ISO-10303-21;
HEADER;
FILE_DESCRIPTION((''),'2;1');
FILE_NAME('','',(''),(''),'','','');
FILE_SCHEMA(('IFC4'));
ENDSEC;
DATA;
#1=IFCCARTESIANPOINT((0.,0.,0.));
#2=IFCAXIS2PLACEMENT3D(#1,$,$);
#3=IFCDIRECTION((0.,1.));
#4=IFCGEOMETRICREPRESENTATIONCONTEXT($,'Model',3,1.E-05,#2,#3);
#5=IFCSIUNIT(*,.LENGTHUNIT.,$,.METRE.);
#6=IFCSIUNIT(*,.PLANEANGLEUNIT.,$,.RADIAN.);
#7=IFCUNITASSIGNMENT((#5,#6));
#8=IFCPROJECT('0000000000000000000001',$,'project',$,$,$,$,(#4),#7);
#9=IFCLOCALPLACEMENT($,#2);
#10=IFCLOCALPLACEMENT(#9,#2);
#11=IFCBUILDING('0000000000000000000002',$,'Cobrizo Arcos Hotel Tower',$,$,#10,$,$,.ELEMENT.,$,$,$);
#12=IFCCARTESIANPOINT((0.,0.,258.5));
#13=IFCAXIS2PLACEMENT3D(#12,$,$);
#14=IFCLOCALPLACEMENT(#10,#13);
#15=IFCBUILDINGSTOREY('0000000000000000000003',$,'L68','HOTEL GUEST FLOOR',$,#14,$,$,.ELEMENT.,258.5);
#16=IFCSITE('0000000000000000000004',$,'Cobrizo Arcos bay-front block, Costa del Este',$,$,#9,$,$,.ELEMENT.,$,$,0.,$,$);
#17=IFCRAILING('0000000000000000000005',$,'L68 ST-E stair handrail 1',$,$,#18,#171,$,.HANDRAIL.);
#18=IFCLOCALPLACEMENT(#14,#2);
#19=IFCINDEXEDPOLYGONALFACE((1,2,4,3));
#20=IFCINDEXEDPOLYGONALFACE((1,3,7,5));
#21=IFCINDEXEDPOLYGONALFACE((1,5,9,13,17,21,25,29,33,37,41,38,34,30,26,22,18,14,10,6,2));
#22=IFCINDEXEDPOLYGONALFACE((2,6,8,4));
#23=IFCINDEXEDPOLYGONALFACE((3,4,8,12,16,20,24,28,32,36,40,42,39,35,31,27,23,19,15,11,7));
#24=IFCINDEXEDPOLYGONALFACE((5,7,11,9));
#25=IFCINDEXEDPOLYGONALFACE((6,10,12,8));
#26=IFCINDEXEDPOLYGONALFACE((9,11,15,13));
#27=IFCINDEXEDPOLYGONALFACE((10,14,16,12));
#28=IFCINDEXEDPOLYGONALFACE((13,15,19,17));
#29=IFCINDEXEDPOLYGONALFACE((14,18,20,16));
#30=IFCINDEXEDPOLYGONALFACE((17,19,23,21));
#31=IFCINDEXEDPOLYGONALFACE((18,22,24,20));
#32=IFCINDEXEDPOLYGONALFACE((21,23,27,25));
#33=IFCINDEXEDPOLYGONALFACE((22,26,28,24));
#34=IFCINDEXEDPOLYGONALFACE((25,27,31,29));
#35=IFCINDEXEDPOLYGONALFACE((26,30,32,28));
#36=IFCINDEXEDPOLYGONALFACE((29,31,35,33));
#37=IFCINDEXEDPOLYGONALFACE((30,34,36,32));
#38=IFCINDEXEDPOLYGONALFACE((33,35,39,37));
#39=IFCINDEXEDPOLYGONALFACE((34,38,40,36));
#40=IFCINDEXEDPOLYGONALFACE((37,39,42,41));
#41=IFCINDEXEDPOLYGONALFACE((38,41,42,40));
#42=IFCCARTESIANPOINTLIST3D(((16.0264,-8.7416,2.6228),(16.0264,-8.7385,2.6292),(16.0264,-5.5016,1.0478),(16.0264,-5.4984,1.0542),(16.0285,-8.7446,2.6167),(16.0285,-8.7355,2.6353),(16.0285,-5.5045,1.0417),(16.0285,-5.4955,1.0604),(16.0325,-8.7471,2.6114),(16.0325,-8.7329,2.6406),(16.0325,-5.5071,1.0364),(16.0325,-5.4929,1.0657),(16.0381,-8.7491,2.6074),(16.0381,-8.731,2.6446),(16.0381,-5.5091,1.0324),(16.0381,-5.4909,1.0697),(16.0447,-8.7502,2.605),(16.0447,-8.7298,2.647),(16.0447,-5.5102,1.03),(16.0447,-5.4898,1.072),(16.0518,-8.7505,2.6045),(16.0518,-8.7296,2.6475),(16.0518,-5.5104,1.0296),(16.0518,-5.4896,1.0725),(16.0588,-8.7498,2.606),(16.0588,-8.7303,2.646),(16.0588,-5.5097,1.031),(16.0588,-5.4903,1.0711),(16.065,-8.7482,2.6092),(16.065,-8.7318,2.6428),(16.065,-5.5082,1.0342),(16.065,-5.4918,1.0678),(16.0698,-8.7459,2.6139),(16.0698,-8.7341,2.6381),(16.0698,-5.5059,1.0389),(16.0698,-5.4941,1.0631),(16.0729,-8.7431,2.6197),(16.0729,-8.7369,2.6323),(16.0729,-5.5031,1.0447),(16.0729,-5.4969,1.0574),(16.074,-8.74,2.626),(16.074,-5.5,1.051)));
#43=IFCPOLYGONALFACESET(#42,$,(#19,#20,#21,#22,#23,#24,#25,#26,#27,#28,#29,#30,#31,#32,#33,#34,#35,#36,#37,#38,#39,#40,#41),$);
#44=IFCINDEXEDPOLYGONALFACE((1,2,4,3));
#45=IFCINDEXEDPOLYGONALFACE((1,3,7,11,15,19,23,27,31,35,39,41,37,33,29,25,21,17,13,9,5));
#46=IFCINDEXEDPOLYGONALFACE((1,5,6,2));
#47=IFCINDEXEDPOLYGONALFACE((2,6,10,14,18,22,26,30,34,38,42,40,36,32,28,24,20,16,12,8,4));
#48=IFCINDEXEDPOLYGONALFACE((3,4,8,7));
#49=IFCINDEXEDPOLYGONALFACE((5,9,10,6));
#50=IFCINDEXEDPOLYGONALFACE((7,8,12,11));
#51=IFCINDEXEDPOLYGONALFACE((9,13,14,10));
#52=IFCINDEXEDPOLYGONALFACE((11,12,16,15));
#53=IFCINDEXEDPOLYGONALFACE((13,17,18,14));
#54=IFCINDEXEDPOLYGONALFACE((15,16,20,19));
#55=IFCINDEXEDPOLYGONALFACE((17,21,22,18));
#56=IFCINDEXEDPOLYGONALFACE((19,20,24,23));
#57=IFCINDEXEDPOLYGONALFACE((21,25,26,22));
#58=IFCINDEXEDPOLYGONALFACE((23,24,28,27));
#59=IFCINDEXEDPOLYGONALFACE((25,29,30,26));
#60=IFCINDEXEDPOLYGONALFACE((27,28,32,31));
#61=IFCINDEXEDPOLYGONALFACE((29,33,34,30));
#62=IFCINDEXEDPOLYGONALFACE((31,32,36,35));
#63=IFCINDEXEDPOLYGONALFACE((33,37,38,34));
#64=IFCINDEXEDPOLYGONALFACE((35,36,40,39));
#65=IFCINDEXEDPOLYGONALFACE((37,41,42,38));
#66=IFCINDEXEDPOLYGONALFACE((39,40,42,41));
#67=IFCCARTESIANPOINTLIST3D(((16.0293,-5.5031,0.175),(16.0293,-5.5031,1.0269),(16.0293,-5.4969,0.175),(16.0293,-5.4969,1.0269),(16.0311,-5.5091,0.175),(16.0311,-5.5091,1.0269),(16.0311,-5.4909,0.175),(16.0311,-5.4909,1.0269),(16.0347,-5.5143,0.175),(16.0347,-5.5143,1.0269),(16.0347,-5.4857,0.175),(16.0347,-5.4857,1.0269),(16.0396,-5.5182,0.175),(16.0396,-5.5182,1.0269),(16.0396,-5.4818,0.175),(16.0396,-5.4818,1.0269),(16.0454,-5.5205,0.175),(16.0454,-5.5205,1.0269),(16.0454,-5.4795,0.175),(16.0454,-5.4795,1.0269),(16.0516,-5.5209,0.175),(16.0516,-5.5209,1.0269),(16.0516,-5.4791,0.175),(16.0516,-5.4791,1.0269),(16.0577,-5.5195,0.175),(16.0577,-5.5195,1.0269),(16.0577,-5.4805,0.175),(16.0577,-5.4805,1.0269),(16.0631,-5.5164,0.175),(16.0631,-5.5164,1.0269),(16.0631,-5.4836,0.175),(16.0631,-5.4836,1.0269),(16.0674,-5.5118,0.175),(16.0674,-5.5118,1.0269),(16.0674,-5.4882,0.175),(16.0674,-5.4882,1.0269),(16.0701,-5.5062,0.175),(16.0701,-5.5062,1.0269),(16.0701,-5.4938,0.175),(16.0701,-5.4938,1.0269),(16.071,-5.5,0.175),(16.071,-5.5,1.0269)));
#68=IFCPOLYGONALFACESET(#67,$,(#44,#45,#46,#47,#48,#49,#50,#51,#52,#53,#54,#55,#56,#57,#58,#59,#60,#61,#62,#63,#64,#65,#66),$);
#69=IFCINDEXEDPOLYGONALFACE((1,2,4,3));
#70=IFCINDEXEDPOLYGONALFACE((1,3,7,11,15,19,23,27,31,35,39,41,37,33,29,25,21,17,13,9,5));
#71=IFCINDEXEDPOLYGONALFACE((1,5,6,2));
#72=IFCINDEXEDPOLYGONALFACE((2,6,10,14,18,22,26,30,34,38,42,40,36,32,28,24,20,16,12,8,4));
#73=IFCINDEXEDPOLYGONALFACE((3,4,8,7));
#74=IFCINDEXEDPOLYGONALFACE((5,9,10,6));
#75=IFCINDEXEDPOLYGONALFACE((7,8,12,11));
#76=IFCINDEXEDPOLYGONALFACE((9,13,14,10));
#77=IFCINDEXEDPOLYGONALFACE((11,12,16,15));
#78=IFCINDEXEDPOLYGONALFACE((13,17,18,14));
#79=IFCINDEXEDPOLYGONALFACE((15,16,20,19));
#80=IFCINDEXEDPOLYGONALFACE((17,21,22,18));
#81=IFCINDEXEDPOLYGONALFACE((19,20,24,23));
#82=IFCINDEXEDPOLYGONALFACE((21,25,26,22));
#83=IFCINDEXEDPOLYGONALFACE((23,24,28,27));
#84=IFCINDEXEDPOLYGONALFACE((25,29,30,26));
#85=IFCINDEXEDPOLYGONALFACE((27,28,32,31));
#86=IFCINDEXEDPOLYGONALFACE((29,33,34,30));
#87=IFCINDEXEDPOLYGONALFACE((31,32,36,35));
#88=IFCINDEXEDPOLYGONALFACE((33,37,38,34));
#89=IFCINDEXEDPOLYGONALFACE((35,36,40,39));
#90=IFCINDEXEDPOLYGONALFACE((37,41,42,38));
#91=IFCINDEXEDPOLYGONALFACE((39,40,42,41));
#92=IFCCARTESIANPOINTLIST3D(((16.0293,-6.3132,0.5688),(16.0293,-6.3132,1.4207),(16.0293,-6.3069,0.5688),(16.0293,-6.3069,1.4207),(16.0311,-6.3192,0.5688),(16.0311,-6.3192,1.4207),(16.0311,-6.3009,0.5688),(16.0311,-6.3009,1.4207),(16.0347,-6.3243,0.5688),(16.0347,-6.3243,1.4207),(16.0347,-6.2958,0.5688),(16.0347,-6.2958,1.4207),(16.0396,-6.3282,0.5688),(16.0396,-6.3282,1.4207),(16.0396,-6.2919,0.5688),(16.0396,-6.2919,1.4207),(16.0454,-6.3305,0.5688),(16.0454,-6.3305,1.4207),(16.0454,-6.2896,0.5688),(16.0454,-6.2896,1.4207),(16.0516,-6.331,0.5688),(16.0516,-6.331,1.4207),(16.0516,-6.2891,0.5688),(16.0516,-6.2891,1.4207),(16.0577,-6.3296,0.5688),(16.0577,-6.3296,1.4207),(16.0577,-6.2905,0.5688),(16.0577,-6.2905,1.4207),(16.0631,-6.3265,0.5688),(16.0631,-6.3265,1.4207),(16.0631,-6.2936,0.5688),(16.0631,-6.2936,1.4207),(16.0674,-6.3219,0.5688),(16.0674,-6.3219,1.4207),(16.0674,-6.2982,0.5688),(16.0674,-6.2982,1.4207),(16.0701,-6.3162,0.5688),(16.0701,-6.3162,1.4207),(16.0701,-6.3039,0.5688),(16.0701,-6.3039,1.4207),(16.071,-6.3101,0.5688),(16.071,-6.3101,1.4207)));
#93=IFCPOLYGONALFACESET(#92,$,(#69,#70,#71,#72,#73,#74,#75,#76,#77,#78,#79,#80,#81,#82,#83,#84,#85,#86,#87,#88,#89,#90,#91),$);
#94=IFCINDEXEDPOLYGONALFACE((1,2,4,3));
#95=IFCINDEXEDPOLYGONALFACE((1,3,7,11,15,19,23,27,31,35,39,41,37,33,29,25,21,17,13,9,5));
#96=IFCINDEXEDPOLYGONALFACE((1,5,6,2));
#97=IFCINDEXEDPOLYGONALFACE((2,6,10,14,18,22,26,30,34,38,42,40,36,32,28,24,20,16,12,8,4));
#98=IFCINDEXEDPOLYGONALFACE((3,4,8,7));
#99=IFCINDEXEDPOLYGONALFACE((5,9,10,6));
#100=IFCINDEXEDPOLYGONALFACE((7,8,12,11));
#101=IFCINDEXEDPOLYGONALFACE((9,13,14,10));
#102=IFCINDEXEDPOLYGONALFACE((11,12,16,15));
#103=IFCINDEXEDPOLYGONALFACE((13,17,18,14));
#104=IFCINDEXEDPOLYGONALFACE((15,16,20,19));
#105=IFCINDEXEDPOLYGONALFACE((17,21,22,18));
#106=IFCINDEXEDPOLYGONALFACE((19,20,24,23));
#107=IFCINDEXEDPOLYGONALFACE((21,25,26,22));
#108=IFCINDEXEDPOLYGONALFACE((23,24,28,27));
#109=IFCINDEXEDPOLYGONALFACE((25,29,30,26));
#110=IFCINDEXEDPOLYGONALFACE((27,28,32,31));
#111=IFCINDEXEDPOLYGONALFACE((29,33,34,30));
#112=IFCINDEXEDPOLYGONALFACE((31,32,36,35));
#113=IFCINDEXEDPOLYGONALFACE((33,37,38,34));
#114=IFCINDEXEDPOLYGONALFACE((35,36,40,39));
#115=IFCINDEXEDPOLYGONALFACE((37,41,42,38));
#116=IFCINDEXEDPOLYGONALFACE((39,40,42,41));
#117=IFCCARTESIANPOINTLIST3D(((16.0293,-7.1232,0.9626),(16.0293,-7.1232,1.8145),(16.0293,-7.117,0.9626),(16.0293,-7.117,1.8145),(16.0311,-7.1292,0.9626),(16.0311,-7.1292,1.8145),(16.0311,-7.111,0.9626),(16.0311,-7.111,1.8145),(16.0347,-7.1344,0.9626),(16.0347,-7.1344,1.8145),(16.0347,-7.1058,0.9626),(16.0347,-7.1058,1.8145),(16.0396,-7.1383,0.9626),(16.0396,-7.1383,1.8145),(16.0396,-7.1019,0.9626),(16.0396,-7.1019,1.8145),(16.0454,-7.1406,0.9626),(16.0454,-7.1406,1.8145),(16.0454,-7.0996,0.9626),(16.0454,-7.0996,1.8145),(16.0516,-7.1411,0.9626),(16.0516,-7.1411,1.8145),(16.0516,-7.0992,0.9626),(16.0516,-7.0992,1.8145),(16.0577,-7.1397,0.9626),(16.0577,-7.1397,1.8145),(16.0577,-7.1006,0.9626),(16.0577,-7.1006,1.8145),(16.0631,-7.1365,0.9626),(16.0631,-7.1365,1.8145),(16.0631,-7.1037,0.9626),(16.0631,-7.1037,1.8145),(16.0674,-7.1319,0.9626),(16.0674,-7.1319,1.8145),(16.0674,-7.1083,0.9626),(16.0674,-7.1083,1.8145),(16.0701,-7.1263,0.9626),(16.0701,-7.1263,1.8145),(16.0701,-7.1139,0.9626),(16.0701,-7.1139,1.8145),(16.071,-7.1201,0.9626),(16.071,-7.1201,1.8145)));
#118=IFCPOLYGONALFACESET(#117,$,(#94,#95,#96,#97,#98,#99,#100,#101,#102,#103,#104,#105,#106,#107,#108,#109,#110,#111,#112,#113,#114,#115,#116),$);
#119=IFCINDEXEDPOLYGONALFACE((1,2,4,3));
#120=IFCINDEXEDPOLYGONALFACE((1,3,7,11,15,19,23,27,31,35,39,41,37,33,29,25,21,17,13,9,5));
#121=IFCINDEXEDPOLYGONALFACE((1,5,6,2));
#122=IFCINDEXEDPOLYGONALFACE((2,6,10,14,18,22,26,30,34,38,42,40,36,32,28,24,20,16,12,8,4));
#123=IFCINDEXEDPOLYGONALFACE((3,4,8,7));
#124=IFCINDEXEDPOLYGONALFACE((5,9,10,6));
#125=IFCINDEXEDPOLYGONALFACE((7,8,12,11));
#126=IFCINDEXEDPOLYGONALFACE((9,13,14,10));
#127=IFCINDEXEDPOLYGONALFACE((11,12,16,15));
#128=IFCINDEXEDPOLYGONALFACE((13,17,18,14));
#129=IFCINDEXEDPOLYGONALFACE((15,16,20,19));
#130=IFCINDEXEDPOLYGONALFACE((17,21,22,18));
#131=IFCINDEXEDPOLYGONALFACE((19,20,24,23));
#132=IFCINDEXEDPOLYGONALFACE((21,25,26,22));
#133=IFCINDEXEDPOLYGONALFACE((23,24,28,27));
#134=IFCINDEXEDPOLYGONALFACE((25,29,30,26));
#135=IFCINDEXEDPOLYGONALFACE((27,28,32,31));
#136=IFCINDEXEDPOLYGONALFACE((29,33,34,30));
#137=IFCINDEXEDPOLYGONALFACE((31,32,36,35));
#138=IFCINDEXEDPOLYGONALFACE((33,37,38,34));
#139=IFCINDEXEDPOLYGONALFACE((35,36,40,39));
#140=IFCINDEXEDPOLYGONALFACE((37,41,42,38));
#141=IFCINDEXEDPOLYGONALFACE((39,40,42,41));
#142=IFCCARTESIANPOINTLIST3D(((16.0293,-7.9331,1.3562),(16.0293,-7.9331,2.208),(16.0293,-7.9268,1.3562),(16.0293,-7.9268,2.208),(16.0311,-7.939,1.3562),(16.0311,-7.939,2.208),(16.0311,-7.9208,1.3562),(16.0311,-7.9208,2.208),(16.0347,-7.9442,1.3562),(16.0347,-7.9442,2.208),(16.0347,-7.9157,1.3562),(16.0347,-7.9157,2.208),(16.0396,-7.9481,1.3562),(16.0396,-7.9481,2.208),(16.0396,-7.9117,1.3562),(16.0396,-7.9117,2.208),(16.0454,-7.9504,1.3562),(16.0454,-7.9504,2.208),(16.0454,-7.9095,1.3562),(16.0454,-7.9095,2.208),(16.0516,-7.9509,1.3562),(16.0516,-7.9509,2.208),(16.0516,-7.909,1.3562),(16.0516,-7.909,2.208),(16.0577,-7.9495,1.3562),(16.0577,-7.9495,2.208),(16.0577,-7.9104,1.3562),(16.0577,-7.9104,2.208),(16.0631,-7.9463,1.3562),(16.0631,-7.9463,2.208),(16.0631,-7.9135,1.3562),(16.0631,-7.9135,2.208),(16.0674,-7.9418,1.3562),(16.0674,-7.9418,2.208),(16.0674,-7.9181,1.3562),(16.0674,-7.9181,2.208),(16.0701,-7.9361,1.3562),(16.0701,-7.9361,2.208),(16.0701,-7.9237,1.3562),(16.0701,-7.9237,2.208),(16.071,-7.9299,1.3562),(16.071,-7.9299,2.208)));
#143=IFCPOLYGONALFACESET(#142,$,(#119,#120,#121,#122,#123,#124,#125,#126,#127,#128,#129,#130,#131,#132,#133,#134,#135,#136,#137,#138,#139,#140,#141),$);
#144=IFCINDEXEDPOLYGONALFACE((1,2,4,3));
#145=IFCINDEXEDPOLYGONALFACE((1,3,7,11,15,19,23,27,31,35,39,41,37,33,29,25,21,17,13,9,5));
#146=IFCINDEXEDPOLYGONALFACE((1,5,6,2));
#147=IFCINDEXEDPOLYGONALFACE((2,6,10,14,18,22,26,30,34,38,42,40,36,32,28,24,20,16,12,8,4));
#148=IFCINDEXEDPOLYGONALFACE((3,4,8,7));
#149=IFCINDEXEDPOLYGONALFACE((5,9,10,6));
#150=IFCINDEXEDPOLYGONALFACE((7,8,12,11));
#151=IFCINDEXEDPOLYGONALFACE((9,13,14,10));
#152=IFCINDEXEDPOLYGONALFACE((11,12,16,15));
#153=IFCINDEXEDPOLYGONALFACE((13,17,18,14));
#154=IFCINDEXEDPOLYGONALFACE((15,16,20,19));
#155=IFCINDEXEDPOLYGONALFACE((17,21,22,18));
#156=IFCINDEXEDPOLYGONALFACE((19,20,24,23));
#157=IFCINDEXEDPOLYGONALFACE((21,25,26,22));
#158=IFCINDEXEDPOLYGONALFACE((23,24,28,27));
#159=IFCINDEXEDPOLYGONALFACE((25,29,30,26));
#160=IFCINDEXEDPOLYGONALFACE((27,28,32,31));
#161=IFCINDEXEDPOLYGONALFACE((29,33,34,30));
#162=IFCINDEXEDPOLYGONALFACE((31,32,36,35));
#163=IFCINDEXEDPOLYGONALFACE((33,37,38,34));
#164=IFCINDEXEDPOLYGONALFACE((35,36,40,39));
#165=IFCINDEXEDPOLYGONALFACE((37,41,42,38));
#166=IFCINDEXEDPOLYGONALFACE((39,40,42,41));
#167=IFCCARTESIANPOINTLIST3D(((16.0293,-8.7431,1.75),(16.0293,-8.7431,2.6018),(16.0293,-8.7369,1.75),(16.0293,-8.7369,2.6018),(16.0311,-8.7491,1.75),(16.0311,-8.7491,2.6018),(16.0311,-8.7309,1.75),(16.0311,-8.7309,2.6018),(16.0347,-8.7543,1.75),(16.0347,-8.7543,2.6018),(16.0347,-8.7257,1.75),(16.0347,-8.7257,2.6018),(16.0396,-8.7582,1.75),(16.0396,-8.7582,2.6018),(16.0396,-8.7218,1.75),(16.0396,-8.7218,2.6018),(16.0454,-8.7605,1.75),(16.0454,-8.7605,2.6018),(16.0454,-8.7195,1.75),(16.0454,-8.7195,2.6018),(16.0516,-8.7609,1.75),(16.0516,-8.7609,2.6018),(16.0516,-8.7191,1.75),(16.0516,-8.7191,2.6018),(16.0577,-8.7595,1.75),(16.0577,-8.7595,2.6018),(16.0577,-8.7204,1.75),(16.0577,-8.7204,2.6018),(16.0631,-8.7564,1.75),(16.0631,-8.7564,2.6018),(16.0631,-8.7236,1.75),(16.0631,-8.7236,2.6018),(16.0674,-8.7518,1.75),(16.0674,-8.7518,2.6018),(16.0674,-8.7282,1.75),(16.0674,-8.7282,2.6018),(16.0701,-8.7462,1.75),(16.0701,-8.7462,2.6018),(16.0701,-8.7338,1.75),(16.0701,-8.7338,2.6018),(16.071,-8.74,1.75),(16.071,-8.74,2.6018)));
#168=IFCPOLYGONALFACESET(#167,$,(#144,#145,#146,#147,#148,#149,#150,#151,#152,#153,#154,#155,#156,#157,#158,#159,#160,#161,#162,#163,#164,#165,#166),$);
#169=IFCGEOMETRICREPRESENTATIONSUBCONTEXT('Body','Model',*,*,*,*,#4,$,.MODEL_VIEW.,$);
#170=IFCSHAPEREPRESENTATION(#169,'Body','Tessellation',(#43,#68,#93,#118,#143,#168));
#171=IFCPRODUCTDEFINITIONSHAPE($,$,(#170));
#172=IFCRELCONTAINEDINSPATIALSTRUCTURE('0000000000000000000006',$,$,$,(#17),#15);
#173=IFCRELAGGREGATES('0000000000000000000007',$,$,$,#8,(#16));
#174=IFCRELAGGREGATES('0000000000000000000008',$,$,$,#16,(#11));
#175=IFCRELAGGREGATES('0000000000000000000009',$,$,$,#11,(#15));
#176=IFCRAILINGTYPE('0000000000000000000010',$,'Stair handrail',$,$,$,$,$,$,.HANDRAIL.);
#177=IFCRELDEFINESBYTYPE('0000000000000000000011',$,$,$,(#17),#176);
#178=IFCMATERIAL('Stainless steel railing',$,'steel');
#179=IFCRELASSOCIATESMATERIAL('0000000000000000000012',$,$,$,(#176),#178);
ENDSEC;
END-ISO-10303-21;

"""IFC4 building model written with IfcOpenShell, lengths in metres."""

from ifc_helpers import new_model, si_unit, direction, frame, origin, origin_2d, place, context, subcontext, project, spatial, circle, extrude, material, type_object, element, save


model = new_model("IFC4")

# Units and contexts
model_context = context("Model", 3, precision=1e-05, world=origin(), true_north=direction((0.0, 1.0)))
body_context = subcontext(model_context, "Body", "Model", "MODEL_VIEW")
ifc_project = project(units=[si_unit("LENGTHUNIT", "METRE"), si_unit("PLANEANGLEUNIT", "RADIAN")], contexts=[model_context])

# Site, building, storey
site_placement = place(None, origin())
site = spatial("IfcSite", under=ifc_project, at=site_placement, Name="Cobrizo Arcos bay-front block, Costa del Este", CompositionType="ELEMENT", RefElevation=0.0)
building_placement = place(site_placement, origin())
building = spatial("IfcBuilding", under=site, at=building_placement, Name="Cobrizo Arcos Hotel Tower", CompositionType="ELEMENT")
storey_placement = place(building_placement, frame((0.0, 0.0, 258.5)))
storey = spatial("IfcBuildingStorey", under=building, at=storey_placement, Name="L68", Description="HOTEL GUEST FLOOR", CompositionType="ELEMENT", Elevation=258.5)

# Railing
ifc_material_1 = material(Name="Stainless steel railing", Category="steel")
railing_type_1 = type_object("IfcRailingType", Name="Stair handrail", PredefinedType="HANDRAIL", material=ifc_material_1)
railing_1_placement = place(storey_placement, frame((16.05, -5.5, 0.175)))
element("IfcRailing", 1, at=railing_1_placement, inside=storey, type_object=railing_type_1, Name="L68 ST-E stair handrail 1", PredefinedType="HANDRAIL", context=body_context, shape_type="SweptSolid", body=[
    extrude(circle(Radius=0.0239, at=origin_2d()), frame((0.0, 0.0, 0.876), z_axis=(0.0, -0.899373, 0.437183), x_axis=(1.0, 0.0, 0.0)), (0.0, 0.0, 1.0), 3.6025),
    extrude(circle(Radius=0.021, at=origin_2d()), origin(), (0.0, 0.0, 1.0), 0.8518),
    extrude(circle(Radius=0.021, at=origin_2d()), frame((0.0, -0.8101, 0.3938)), (0.0, 0.0, 1.0), 0.8518),
    extrude(circle(Radius=0.021, at=origin_2d()), frame((0.0, -1.6201, 0.7876)), (0.0, 0.0, 1.0), 0.8518),
    extrude(circle(Radius=0.021, at=origin_2d()), frame((0.0, -2.4299, 1.1812)), (0.0, 0.0, 1.0), 0.8518),
    extrude(circle(Radius=0.021, at=origin_2d()), frame((0.0, -3.24, 1.575)), (0.0, 0.0, 1.0), 0.8518),
])

save(model, "model.ifc")
